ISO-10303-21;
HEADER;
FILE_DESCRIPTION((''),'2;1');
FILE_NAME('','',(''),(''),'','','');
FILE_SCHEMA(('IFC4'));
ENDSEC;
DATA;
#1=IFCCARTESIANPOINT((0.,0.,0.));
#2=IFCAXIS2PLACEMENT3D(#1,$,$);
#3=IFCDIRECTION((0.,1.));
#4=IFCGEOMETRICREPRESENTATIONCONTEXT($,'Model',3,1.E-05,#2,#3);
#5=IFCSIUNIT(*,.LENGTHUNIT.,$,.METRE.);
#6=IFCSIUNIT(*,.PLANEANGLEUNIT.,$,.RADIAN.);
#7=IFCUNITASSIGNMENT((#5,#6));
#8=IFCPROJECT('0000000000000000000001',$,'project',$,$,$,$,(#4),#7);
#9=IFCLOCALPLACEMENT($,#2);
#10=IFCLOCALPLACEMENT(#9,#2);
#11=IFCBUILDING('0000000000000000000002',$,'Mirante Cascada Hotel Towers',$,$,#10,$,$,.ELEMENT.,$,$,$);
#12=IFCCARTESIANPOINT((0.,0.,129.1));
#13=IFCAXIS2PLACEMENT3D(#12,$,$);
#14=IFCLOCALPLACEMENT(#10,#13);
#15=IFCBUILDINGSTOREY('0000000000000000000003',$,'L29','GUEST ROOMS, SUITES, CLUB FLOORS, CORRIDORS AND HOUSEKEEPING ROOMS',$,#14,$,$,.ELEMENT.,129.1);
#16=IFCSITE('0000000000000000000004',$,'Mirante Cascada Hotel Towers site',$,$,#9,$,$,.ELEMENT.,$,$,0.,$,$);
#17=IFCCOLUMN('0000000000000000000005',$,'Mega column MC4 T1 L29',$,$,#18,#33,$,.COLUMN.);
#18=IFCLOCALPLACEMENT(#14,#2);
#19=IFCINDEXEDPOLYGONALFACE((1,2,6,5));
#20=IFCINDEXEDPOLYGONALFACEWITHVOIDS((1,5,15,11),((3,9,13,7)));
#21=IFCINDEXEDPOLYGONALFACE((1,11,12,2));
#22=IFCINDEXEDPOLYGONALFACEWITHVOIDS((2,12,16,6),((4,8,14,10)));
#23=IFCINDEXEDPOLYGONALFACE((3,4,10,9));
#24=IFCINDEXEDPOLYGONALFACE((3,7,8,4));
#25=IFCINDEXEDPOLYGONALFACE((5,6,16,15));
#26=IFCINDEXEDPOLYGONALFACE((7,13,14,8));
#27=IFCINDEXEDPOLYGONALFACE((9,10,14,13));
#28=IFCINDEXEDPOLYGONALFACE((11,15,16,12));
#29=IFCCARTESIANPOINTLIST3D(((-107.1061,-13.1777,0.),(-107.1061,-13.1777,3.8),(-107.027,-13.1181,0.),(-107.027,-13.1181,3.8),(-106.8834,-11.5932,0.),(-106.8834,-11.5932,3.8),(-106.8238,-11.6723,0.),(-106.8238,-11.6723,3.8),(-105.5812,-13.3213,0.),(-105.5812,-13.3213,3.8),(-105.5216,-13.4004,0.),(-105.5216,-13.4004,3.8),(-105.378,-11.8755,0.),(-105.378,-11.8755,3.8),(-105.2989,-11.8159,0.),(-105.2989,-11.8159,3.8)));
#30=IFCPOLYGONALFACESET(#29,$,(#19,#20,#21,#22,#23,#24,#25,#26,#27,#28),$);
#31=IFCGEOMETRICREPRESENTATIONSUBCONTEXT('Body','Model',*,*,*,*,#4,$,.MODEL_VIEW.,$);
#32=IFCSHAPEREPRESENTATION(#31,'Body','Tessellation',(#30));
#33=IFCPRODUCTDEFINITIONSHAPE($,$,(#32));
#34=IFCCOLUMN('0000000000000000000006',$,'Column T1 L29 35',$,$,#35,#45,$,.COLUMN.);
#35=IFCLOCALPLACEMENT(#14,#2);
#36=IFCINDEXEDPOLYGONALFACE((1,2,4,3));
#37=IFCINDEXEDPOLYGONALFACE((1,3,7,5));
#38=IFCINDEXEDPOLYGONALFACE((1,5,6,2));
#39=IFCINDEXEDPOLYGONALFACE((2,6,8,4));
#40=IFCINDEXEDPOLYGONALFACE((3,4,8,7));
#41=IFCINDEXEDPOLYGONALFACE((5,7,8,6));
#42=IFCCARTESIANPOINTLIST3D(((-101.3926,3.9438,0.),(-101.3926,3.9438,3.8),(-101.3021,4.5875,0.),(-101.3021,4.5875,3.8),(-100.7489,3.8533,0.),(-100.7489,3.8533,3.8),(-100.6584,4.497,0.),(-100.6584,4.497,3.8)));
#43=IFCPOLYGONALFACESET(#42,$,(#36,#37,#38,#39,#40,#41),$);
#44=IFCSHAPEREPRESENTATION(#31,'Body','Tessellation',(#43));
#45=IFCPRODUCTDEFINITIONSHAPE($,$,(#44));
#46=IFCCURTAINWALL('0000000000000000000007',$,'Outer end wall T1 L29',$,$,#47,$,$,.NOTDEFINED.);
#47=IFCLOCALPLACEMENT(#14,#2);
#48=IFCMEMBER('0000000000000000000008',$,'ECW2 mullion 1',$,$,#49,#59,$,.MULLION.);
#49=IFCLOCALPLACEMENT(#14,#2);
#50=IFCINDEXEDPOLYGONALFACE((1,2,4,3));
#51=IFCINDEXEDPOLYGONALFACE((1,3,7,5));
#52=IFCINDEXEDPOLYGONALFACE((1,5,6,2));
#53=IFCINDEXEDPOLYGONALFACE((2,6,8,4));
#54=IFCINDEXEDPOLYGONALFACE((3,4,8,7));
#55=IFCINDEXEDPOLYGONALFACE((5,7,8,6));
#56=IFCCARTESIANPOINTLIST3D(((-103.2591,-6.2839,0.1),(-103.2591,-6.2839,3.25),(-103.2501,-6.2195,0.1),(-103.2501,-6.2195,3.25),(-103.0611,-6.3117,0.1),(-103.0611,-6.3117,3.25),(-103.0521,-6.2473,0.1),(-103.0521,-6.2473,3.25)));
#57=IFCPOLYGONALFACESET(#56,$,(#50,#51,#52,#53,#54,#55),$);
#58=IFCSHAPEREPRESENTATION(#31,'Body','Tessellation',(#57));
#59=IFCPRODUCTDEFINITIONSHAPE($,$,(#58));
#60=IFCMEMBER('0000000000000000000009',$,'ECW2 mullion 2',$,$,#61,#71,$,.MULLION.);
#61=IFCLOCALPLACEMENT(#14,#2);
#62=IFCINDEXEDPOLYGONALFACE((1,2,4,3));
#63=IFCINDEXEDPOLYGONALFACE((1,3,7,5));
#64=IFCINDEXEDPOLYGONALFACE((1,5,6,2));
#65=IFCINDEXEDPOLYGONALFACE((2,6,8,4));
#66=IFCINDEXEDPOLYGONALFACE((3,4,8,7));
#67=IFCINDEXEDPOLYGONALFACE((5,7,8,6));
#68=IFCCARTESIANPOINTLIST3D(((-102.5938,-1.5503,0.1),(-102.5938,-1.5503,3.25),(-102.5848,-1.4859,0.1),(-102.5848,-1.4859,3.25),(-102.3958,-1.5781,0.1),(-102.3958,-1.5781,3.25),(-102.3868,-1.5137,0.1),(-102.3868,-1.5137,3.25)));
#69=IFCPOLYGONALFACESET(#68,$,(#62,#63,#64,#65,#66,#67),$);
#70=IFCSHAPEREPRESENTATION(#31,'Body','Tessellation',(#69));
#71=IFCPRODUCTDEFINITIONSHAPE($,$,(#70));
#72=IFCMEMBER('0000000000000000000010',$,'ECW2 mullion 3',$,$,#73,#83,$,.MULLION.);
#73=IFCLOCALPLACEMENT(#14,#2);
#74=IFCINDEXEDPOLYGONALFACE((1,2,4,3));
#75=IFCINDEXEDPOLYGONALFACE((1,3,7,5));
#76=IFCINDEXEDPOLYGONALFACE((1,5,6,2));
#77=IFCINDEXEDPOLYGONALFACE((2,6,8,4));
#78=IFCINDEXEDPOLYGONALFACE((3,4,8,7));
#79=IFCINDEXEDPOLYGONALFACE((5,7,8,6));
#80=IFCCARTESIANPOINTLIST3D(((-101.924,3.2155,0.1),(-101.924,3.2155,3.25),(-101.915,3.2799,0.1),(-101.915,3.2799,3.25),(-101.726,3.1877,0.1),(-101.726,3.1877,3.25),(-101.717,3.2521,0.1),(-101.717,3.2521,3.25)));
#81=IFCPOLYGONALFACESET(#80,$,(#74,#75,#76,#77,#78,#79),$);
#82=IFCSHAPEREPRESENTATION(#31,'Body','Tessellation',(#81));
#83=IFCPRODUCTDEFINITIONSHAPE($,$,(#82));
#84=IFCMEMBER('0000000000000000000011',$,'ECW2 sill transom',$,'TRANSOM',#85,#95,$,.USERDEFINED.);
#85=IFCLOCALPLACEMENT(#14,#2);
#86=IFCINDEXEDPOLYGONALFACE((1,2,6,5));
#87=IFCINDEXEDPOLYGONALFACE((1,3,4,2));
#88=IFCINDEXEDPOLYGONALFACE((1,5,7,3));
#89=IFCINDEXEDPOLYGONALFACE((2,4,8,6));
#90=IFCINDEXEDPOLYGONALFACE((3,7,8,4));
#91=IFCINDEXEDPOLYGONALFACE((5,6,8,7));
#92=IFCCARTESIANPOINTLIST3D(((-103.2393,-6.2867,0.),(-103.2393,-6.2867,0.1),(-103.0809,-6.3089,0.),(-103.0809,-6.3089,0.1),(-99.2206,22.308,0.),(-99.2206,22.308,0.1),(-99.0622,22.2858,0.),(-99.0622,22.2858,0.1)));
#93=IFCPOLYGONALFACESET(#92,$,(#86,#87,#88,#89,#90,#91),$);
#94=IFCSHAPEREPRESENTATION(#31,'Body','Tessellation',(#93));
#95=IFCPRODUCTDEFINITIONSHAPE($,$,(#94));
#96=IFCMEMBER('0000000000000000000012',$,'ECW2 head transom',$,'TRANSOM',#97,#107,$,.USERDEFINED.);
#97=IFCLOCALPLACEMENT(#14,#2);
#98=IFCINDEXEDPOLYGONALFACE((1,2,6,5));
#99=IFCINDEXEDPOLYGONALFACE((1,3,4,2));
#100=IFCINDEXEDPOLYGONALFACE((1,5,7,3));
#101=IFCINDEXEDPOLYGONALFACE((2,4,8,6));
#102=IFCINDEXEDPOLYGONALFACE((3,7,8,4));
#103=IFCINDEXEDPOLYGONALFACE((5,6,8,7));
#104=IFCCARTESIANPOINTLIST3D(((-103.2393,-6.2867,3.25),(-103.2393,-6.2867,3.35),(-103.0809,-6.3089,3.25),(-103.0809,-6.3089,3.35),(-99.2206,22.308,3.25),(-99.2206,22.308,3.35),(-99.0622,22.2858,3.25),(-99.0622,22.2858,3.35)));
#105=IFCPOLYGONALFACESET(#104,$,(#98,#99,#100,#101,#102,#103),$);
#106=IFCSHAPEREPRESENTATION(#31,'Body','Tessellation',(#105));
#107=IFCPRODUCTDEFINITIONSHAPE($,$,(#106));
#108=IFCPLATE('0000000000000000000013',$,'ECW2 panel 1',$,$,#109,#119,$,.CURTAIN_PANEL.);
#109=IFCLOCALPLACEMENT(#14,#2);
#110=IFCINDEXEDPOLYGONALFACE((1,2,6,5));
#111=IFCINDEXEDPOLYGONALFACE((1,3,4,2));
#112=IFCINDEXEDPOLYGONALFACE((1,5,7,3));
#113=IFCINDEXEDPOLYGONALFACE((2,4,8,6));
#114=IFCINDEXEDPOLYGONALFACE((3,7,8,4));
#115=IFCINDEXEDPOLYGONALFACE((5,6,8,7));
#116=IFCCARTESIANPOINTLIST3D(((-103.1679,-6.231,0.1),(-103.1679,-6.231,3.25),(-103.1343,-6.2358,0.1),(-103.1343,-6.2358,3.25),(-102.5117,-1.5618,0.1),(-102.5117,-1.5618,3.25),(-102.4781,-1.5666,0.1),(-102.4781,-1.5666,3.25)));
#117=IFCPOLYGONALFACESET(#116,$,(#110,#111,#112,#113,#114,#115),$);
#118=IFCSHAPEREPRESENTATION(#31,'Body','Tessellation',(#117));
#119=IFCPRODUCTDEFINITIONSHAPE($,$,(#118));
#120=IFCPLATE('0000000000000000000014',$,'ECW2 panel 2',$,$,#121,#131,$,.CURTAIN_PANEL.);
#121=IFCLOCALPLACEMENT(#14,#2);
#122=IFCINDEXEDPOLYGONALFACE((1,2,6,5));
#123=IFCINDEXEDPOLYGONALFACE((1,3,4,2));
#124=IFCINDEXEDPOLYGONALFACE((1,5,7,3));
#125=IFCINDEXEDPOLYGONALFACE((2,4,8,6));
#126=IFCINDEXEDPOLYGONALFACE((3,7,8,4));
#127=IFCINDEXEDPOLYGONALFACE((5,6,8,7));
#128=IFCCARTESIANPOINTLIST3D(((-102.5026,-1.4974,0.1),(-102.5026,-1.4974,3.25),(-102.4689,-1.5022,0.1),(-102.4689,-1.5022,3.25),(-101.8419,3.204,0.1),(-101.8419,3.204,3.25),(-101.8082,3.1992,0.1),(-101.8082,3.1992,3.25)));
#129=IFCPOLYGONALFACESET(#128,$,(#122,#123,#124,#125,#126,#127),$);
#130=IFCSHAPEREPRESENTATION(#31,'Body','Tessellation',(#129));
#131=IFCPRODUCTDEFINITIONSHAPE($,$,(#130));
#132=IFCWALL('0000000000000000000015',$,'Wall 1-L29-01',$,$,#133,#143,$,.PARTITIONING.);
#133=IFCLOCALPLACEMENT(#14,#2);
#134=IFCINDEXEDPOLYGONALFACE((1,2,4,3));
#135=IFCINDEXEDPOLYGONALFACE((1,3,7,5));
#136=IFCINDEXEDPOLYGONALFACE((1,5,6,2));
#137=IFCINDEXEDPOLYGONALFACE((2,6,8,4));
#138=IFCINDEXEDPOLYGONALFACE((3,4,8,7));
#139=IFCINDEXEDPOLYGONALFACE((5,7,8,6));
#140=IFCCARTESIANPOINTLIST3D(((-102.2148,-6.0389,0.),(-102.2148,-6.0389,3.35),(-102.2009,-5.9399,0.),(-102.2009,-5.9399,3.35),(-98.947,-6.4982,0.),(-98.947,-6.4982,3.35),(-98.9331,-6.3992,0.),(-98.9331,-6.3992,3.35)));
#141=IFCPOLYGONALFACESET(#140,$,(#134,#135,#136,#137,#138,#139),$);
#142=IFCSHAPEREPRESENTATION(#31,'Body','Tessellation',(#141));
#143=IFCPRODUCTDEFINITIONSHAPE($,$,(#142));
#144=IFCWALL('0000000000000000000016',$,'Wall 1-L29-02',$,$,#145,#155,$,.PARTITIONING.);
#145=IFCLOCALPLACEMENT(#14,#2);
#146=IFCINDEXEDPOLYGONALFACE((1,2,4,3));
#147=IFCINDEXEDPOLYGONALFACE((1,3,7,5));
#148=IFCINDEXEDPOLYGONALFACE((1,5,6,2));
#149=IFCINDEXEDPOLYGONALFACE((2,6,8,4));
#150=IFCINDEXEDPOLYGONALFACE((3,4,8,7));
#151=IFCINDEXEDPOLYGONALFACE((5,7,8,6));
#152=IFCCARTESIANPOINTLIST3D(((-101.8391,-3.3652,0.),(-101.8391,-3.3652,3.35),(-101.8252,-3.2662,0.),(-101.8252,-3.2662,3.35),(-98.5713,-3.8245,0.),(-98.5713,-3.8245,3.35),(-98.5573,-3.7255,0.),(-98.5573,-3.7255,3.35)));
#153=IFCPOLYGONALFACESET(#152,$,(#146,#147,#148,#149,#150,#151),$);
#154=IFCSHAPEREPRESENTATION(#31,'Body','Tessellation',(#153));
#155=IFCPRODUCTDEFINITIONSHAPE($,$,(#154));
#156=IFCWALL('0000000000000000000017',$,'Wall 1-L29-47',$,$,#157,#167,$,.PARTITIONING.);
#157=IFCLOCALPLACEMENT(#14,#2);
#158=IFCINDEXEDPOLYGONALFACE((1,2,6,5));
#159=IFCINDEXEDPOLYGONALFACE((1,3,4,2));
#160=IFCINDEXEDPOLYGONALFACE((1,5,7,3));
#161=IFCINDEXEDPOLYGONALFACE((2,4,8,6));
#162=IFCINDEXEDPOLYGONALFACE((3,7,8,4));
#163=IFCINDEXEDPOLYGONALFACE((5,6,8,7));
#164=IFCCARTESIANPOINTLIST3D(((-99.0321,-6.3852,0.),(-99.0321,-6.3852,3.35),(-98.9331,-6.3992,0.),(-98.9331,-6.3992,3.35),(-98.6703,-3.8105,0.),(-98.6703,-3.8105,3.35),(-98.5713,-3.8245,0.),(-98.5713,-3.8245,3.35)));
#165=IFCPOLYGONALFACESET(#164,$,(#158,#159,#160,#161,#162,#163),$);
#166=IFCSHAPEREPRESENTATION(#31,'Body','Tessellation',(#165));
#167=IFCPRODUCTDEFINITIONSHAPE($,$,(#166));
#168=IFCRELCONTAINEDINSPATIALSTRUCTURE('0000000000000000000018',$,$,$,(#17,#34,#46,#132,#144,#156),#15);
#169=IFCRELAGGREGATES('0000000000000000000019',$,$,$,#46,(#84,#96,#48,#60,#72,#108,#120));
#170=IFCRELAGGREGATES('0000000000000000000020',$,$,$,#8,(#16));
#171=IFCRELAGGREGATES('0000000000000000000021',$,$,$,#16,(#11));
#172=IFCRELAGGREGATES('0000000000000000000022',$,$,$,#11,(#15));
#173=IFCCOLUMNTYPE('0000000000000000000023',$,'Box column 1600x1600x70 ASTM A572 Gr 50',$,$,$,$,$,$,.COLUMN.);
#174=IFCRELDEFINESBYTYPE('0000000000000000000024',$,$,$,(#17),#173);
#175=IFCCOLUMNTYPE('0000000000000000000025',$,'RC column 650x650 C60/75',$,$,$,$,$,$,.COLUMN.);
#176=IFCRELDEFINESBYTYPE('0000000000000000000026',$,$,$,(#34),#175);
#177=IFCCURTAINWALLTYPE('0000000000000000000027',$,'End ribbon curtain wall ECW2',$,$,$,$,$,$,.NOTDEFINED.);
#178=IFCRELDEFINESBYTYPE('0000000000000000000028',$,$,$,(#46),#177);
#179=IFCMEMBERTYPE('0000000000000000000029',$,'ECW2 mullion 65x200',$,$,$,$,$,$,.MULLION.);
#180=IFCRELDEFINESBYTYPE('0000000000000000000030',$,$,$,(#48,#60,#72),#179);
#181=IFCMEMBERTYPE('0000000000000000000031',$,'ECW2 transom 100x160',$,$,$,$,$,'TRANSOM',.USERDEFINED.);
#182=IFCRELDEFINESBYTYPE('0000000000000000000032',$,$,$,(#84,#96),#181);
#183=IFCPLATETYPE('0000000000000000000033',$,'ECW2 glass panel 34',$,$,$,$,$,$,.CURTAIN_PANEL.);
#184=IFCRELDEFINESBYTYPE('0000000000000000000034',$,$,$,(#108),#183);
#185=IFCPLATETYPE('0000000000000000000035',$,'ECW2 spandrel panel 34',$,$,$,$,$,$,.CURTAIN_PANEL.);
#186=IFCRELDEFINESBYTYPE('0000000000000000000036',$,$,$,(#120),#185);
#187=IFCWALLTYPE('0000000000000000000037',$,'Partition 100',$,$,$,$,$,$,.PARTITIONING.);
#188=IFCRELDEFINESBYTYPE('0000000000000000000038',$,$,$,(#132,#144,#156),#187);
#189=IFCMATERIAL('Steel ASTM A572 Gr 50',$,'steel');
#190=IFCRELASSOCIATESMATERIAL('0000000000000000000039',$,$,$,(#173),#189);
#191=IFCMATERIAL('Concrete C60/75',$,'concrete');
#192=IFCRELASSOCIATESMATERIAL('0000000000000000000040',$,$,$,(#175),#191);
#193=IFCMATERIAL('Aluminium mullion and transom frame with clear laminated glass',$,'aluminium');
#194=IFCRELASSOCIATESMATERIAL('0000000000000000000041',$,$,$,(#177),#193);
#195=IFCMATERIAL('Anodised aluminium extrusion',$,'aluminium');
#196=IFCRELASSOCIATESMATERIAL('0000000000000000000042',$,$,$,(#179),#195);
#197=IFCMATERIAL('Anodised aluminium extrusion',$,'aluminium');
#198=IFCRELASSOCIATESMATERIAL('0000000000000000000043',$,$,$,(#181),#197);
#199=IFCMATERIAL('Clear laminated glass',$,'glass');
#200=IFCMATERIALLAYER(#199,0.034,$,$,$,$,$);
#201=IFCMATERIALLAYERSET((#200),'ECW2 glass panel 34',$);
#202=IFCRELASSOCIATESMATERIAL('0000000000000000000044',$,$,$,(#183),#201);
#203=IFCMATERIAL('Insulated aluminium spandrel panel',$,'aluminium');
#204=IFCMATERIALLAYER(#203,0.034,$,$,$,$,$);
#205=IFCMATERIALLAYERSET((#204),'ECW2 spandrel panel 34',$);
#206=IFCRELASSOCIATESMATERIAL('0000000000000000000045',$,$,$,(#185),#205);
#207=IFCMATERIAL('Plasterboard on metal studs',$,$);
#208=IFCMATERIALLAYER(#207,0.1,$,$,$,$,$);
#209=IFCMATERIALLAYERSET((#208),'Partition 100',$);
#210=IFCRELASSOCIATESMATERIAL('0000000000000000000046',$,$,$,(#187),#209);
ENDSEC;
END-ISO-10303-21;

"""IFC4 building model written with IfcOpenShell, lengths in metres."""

from ifc_helpers import new_model, si_unit, direction, frame, frame_2d, origin, origin_2d, place, context, subcontext, project, spatial, rectangle, hollow_rectangle, extrude, material, layer, layer_set, material_profile, profile_set, type_object, element, aggregate, save


model = new_model("IFC4")

# Units and contexts
model_context = context("Model", 3, precision=1e-05, world=origin(), true_north=direction((0.0, 1.0)))
body_context = subcontext(model_context, "Body", "Model", "MODEL_VIEW")
ifc_project = project(units=[si_unit("LENGTHUNIT", "METRE"), si_unit("PLANEANGLEUNIT", "RADIAN")], contexts=[model_context])

# Site, building, storey
site_placement = place(None, origin())
site = spatial("IfcSite", under=ifc_project, at=site_placement, Name="Mirante Cascada Hotel Towers site", CompositionType="ELEMENT", RefElevation=0.0)
building_placement = place(site_placement, origin())
building = spatial("IfcBuilding", under=site, at=building_placement, Name="Mirante Cascada Hotel Towers", CompositionType="ELEMENT")
storey_placement = place(building_placement, frame((0.0, 0.0, 129.1)))
storey = spatial("IfcBuildingStorey", under=building, at=storey_placement, Name="L29", Description="GUEST ROOMS, SUITES, CLUB FLOORS, CORRIDORS AND HOUSEKEEPING ROOMS", CompositionType="ELEMENT", Elevation=129.1)

# Columns
ifc_material_1 = material(Name="Steel ASTM A572 Gr 50", Category="steel")
ifc_material_profile_1 = material_profile(ifc_material_1, hollow_rectangle(XDim=1.6, YDim=1.6, WallThickness=0.07, at=origin_2d()), Name="Box column 1600x1600x70 ASTM A572 Gr 50")
ifc_profile_set_1 = profile_set([ifc_material_profile_1], Name="Steel ASTM A572 Gr 50")
column_type_1 = type_object("IfcColumnType", Name="Box column 1600x1600x70 ASTM A572 Gr 50", PredefinedType="COLUMN", material=ifc_profile_set_1)
column_1_placement = place(storey_placement, frame((-106.2025, -12.4968, 0.0), z_axis=(0.0, 0.0, 1.0), x_axis=(-0.990268, 0.139173, 0.0)))
element("IfcColumn", 1, at=column_1_placement, inside=storey, type_object=column_type_1, Name="Mega column MC4 T1 L29", PredefinedType="COLUMN", context=body_context, shape_type="SweptSolid", body=[
    extrude(hollow_rectangle(XDim=1.6, YDim=1.6, WallThickness=0.07, at=origin_2d()), origin(), (0.0, 0.0, 1.0), 3.8),
])
ifc_material_2 = material(Name="Concrete C60/75", Category="concrete")
ifc_material_profile_2 = material_profile(ifc_material_2, rectangle(XDim=0.65, YDim=0.65, at=origin_2d()), Name="RC column 650x650 C60/75")
ifc_profile_set_2 = profile_set([ifc_material_profile_2], Name="Concrete C60/75")
column_type_2 = type_object("IfcColumnType", Name="RC column 650x650 C60/75", PredefinedType="COLUMN", material=ifc_profile_set_2)
column_2_placement = place(storey_placement, frame((-101.0255, 4.2204, 0.0), z_axis=(0.0, 0.0, 1.0), x_axis=(-0.990268, 0.139173, 0.0)))
element("IfcColumn", 2, at=column_2_placement, inside=storey, type_object=column_type_2, Name="Column T1 L29 35", PredefinedType="COLUMN", context=body_context, shape_type="SweptSolid", body=[
    extrude(rectangle(XDim=0.65, YDim=0.65, at=origin_2d()), origin(), (0.0, 0.0, 1.0), 3.8),
])

# Curtain wall, members, plates
ifc_material_3 = material(Name="Aluminium mullion and transom frame with clear laminated glass", Category="aluminium")
curtain_wall_type = type_object("IfcCurtainWallType", Name="End ribbon curtain wall ECW2", PredefinedType="NOTDEFINED", material=ifc_material_3)
curtain_wall_placement = place(storey_placement, origin())
curtain_wall = element("IfcCurtainWall", 3, at=curtain_wall_placement, inside=storey, type_object=curtain_wall_type, Name="Outer end wall T1 L29", PredefinedType="NOTDEFINED")
ifc_material_4 = material(Name="Anodised aluminium extrusion", Category="aluminium")
ifc_material_profile_3 = material_profile(ifc_material_4, rectangle(XDim=0.2, YDim=0.065, at=origin_2d()), Name="ECW2 MULLION 65x200")
ifc_profile_set_3 = profile_set([ifc_material_profile_3], Name="Anodised aluminium extrusion")
member_type_1 = type_object("IfcMemberType", Name="ECW2 mullion 65x200", PredefinedType="MULLION", material=ifc_profile_set_3)
member_1_placement = place(storey_placement, frame((-103.1556, -6.2656, 0.1), z_axis=(0.0, 0.0, 1.0), x_axis=(-0.990268, 0.139173, 0.0)))
member_1 = element("IfcMember", 4, at=member_1_placement, type_object=member_type_1, Name="ECW2 mullion 1", PredefinedType="MULLION", context=body_context, shape_type="SweptSolid", body=[
    extrude(rectangle(XDim=0.2, YDim=0.065, at=origin_2d()), origin(), (0.0, 0.0, 1.0), 3.15),
])
member_2_placement = place(storey_placement, frame((-102.4903, -1.532, 0.1), z_axis=(0.0, 0.0, 1.0), x_axis=(-0.990268, 0.139173, 0.0)))
member_2 = element("IfcMember", 5, at=member_2_placement, type_object=member_type_1, Name="ECW2 mullion 2", PredefinedType="MULLION", context=body_context, shape_type="SweptSolid", body=[
    extrude(rectangle(XDim=0.2, YDim=0.065, at=origin_2d()), origin(), (0.0, 0.0, 1.0), 3.15),
])
member_3_placement = place(storey_placement, frame((-101.8205, 3.2338, 0.1), z_axis=(0.0, 0.0, 1.0), x_axis=(-0.990268, 0.139173, 0.0)))
member_3 = element("IfcMember", 6, at=member_3_placement, type_object=member_type_1, Name="ECW2 mullion 3", PredefinedType="MULLION", context=body_context, shape_type="SweptSolid", body=[
    extrude(rectangle(XDim=0.2, YDim=0.065, at=origin_2d()), origin(), (0.0, 0.0, 1.0), 3.15),
])
ifc_material_5 = material(Name="Anodised aluminium extrusion", Category="aluminium")
ifc_material_profile_4 = material_profile(ifc_material_5, rectangle(XDim=0.16, YDim=0.1, at=origin_2d()), Name="ECW2 TRANSOM 100x160")
ifc_profile_set_4 = profile_set([ifc_material_profile_4], Name="Anodised aluminium extrusion")
member_type_2 = type_object("IfcMemberType", Name="ECW2 transom 100x160", ElementType="TRANSOM", PredefinedType="USERDEFINED", material=ifc_profile_set_4)
member_4_placement = place(storey_placement, frame((-103.1601, -6.2978, 0.05), z_axis=(0.139172, 0.990268, 0.0), x_axis=(-0.990268, 0.139172, 0.0)))
member_4 = element("IfcMember", 7, at=member_4_placement, type_object=member_type_2, Name="ECW2 sill transom", ObjectType="TRANSOM", PredefinedType="USERDEFINED", context=body_context, shape_type="SweptSolid", body=[
    extrude(rectangle(XDim=0.16, YDim=0.1, at=origin_2d()), origin(), (0.0, 0.0, 1.0), 28.8757),
])
member_5_placement = place(storey_placement, frame((-103.1601, -6.2978, 3.3), z_axis=(0.139172, 0.990268, 0.0), x_axis=(-0.990268, 0.139172, 0.0)))
member_5 = element("IfcMember", 8, at=member_5_placement, type_object=member_type_2, Name="ECW2 head transom", ObjectType="TRANSOM", PredefinedType="USERDEFINED", context=body_context, shape_type="SweptSolid", body=[
    extrude(rectangle(XDim=0.16, YDim=0.1, at=origin_2d()), origin(), (0.0, 0.0, 1.0), 28.8757),
])
ifc_material_6 = material(Name="Clear laminated glass", Category="glass")
ifc_layer_1 = layer(ifc_material_6, 0.034)
ifc_layer_set_1 = layer_set([ifc_layer_1], Name="ECW2 glass panel 34")
plate_type_1 = type_object("IfcPlateType", Name="ECW2 glass panel 34", PredefinedType="CURTAIN_PANEL", material=ifc_layer_set_1)
plate_1_placement = place(storey_placement, frame((-102.823, -3.8988, 0.1), z_axis=(0.0, 0.0, 1.0), x_axis=(0.139173, 0.990268, 0.0)))
plate_1 = element("IfcPlate", 9, at=plate_1_placement, type_object=plate_type_1, Name="ECW2 panel 1", PredefinedType="CURTAIN_PANEL", context=body_context, shape_type="SweptSolid", body=[
    extrude(rectangle(XDim=4.7151, YDim=0.034, at=origin_2d()), origin(), (0.0, 0.0, 1.0), 3.15),
])
ifc_material_7 = material(Name="Insulated aluminium spandrel panel", Category="aluminium")
ifc_layer_2 = layer(ifc_material_7, 0.034)
ifc_layer_set_2 = layer_set([ifc_layer_2], Name="ECW2 spandrel panel 34")
plate_type_2 = type_object("IfcPlateType", Name="ECW2 spandrel panel 34", PredefinedType="CURTAIN_PANEL", material=ifc_layer_set_2)
plate_2_placement = place(storey_placement, frame((-102.1554, 0.8509, 0.1), z_axis=(0.0, 0.0, 1.0), x_axis=(0.139173, 0.990268, 0.0)))
plate_2 = element("IfcPlate", 10, at=plate_2_placement, type_object=plate_type_2, Name="ECW2 panel 2", PredefinedType="CURTAIN_PANEL", context=body_context, shape_type="SweptSolid", body=[
    extrude(rectangle(XDim=4.7476, YDim=0.034, at=origin_2d()), origin(), (0.0, 0.0, 1.0), 3.15),
])
aggregate(curtain_wall, [member_4, member_5, member_1, member_2, member_3, plate_1, plate_2])

# Walls
ifc_material_8 = material(Name="Plasterboard on metal studs")
ifc_layer_3 = layer(ifc_material_8, 0.1)
ifc_layer_set_3 = layer_set([ifc_layer_3], Name="Partition 100")
wall_type_1 = type_object("IfcWallType", Name="Partition 100", PredefinedType="PARTITIONING", material=ifc_layer_set_3)
wall_1_placement = place(storey_placement, frame((-102.2079, -5.9894, 0.0), z_axis=(0.0, 0.0, 1.0), x_axis=(0.990266, -0.139185, 0.0)))
element("IfcWall", 11, at=wall_1_placement, inside=storey, type_object=wall_type_1, Name="Wall 1-L29-01", PredefinedType="PARTITIONING", context=body_context, shape_type="SweptSolid", body=[
    extrude(rectangle(XDim=3.2999, YDim=0.1, at=frame_2d((1.65, 0.0))), origin(), (0.0, 0.0, 1.0), 3.35),
])
wall_2_placement = place(storey_placement, frame((-98.5643, -3.775, 0.0), z_axis=(0.0, 0.0, 1.0), x_axis=(-0.990267, 0.139181, 0.0)))
element("IfcWall", 12, at=wall_2_placement, inside=storey, type_object=wall_type_1, Name="Wall 1-L29-02", PredefinedType="PARTITIONING", context=body_context, shape_type="SweptSolid", body=[
    extrude(rectangle(XDim=3.3, YDim=0.1, at=frame_2d((1.65, 0.0))), origin(), (0.0, 0.0, 1.0), 3.35),
])
wall_3_placement = place(storey_placement, frame((-98.6208, -3.8175, 0.0), z_axis=(0.0, 0.0, 1.0), x_axis=(-0.139154, -0.990271, 0.0)))
element("IfcWall", 13, at=wall_3_placement, inside=storey, type_object=wall_type_1, Name="Wall 1-L29-47", PredefinedType="PARTITIONING", context=body_context, shape_type="SweptSolid", body=[
    extrude(rectangle(XDim=2.6, YDim=0.1, at=frame_2d((1.3, 0.0))), origin(), (0.0, 0.0, 1.0), 3.35),
])

save(model, "model.ifc")
